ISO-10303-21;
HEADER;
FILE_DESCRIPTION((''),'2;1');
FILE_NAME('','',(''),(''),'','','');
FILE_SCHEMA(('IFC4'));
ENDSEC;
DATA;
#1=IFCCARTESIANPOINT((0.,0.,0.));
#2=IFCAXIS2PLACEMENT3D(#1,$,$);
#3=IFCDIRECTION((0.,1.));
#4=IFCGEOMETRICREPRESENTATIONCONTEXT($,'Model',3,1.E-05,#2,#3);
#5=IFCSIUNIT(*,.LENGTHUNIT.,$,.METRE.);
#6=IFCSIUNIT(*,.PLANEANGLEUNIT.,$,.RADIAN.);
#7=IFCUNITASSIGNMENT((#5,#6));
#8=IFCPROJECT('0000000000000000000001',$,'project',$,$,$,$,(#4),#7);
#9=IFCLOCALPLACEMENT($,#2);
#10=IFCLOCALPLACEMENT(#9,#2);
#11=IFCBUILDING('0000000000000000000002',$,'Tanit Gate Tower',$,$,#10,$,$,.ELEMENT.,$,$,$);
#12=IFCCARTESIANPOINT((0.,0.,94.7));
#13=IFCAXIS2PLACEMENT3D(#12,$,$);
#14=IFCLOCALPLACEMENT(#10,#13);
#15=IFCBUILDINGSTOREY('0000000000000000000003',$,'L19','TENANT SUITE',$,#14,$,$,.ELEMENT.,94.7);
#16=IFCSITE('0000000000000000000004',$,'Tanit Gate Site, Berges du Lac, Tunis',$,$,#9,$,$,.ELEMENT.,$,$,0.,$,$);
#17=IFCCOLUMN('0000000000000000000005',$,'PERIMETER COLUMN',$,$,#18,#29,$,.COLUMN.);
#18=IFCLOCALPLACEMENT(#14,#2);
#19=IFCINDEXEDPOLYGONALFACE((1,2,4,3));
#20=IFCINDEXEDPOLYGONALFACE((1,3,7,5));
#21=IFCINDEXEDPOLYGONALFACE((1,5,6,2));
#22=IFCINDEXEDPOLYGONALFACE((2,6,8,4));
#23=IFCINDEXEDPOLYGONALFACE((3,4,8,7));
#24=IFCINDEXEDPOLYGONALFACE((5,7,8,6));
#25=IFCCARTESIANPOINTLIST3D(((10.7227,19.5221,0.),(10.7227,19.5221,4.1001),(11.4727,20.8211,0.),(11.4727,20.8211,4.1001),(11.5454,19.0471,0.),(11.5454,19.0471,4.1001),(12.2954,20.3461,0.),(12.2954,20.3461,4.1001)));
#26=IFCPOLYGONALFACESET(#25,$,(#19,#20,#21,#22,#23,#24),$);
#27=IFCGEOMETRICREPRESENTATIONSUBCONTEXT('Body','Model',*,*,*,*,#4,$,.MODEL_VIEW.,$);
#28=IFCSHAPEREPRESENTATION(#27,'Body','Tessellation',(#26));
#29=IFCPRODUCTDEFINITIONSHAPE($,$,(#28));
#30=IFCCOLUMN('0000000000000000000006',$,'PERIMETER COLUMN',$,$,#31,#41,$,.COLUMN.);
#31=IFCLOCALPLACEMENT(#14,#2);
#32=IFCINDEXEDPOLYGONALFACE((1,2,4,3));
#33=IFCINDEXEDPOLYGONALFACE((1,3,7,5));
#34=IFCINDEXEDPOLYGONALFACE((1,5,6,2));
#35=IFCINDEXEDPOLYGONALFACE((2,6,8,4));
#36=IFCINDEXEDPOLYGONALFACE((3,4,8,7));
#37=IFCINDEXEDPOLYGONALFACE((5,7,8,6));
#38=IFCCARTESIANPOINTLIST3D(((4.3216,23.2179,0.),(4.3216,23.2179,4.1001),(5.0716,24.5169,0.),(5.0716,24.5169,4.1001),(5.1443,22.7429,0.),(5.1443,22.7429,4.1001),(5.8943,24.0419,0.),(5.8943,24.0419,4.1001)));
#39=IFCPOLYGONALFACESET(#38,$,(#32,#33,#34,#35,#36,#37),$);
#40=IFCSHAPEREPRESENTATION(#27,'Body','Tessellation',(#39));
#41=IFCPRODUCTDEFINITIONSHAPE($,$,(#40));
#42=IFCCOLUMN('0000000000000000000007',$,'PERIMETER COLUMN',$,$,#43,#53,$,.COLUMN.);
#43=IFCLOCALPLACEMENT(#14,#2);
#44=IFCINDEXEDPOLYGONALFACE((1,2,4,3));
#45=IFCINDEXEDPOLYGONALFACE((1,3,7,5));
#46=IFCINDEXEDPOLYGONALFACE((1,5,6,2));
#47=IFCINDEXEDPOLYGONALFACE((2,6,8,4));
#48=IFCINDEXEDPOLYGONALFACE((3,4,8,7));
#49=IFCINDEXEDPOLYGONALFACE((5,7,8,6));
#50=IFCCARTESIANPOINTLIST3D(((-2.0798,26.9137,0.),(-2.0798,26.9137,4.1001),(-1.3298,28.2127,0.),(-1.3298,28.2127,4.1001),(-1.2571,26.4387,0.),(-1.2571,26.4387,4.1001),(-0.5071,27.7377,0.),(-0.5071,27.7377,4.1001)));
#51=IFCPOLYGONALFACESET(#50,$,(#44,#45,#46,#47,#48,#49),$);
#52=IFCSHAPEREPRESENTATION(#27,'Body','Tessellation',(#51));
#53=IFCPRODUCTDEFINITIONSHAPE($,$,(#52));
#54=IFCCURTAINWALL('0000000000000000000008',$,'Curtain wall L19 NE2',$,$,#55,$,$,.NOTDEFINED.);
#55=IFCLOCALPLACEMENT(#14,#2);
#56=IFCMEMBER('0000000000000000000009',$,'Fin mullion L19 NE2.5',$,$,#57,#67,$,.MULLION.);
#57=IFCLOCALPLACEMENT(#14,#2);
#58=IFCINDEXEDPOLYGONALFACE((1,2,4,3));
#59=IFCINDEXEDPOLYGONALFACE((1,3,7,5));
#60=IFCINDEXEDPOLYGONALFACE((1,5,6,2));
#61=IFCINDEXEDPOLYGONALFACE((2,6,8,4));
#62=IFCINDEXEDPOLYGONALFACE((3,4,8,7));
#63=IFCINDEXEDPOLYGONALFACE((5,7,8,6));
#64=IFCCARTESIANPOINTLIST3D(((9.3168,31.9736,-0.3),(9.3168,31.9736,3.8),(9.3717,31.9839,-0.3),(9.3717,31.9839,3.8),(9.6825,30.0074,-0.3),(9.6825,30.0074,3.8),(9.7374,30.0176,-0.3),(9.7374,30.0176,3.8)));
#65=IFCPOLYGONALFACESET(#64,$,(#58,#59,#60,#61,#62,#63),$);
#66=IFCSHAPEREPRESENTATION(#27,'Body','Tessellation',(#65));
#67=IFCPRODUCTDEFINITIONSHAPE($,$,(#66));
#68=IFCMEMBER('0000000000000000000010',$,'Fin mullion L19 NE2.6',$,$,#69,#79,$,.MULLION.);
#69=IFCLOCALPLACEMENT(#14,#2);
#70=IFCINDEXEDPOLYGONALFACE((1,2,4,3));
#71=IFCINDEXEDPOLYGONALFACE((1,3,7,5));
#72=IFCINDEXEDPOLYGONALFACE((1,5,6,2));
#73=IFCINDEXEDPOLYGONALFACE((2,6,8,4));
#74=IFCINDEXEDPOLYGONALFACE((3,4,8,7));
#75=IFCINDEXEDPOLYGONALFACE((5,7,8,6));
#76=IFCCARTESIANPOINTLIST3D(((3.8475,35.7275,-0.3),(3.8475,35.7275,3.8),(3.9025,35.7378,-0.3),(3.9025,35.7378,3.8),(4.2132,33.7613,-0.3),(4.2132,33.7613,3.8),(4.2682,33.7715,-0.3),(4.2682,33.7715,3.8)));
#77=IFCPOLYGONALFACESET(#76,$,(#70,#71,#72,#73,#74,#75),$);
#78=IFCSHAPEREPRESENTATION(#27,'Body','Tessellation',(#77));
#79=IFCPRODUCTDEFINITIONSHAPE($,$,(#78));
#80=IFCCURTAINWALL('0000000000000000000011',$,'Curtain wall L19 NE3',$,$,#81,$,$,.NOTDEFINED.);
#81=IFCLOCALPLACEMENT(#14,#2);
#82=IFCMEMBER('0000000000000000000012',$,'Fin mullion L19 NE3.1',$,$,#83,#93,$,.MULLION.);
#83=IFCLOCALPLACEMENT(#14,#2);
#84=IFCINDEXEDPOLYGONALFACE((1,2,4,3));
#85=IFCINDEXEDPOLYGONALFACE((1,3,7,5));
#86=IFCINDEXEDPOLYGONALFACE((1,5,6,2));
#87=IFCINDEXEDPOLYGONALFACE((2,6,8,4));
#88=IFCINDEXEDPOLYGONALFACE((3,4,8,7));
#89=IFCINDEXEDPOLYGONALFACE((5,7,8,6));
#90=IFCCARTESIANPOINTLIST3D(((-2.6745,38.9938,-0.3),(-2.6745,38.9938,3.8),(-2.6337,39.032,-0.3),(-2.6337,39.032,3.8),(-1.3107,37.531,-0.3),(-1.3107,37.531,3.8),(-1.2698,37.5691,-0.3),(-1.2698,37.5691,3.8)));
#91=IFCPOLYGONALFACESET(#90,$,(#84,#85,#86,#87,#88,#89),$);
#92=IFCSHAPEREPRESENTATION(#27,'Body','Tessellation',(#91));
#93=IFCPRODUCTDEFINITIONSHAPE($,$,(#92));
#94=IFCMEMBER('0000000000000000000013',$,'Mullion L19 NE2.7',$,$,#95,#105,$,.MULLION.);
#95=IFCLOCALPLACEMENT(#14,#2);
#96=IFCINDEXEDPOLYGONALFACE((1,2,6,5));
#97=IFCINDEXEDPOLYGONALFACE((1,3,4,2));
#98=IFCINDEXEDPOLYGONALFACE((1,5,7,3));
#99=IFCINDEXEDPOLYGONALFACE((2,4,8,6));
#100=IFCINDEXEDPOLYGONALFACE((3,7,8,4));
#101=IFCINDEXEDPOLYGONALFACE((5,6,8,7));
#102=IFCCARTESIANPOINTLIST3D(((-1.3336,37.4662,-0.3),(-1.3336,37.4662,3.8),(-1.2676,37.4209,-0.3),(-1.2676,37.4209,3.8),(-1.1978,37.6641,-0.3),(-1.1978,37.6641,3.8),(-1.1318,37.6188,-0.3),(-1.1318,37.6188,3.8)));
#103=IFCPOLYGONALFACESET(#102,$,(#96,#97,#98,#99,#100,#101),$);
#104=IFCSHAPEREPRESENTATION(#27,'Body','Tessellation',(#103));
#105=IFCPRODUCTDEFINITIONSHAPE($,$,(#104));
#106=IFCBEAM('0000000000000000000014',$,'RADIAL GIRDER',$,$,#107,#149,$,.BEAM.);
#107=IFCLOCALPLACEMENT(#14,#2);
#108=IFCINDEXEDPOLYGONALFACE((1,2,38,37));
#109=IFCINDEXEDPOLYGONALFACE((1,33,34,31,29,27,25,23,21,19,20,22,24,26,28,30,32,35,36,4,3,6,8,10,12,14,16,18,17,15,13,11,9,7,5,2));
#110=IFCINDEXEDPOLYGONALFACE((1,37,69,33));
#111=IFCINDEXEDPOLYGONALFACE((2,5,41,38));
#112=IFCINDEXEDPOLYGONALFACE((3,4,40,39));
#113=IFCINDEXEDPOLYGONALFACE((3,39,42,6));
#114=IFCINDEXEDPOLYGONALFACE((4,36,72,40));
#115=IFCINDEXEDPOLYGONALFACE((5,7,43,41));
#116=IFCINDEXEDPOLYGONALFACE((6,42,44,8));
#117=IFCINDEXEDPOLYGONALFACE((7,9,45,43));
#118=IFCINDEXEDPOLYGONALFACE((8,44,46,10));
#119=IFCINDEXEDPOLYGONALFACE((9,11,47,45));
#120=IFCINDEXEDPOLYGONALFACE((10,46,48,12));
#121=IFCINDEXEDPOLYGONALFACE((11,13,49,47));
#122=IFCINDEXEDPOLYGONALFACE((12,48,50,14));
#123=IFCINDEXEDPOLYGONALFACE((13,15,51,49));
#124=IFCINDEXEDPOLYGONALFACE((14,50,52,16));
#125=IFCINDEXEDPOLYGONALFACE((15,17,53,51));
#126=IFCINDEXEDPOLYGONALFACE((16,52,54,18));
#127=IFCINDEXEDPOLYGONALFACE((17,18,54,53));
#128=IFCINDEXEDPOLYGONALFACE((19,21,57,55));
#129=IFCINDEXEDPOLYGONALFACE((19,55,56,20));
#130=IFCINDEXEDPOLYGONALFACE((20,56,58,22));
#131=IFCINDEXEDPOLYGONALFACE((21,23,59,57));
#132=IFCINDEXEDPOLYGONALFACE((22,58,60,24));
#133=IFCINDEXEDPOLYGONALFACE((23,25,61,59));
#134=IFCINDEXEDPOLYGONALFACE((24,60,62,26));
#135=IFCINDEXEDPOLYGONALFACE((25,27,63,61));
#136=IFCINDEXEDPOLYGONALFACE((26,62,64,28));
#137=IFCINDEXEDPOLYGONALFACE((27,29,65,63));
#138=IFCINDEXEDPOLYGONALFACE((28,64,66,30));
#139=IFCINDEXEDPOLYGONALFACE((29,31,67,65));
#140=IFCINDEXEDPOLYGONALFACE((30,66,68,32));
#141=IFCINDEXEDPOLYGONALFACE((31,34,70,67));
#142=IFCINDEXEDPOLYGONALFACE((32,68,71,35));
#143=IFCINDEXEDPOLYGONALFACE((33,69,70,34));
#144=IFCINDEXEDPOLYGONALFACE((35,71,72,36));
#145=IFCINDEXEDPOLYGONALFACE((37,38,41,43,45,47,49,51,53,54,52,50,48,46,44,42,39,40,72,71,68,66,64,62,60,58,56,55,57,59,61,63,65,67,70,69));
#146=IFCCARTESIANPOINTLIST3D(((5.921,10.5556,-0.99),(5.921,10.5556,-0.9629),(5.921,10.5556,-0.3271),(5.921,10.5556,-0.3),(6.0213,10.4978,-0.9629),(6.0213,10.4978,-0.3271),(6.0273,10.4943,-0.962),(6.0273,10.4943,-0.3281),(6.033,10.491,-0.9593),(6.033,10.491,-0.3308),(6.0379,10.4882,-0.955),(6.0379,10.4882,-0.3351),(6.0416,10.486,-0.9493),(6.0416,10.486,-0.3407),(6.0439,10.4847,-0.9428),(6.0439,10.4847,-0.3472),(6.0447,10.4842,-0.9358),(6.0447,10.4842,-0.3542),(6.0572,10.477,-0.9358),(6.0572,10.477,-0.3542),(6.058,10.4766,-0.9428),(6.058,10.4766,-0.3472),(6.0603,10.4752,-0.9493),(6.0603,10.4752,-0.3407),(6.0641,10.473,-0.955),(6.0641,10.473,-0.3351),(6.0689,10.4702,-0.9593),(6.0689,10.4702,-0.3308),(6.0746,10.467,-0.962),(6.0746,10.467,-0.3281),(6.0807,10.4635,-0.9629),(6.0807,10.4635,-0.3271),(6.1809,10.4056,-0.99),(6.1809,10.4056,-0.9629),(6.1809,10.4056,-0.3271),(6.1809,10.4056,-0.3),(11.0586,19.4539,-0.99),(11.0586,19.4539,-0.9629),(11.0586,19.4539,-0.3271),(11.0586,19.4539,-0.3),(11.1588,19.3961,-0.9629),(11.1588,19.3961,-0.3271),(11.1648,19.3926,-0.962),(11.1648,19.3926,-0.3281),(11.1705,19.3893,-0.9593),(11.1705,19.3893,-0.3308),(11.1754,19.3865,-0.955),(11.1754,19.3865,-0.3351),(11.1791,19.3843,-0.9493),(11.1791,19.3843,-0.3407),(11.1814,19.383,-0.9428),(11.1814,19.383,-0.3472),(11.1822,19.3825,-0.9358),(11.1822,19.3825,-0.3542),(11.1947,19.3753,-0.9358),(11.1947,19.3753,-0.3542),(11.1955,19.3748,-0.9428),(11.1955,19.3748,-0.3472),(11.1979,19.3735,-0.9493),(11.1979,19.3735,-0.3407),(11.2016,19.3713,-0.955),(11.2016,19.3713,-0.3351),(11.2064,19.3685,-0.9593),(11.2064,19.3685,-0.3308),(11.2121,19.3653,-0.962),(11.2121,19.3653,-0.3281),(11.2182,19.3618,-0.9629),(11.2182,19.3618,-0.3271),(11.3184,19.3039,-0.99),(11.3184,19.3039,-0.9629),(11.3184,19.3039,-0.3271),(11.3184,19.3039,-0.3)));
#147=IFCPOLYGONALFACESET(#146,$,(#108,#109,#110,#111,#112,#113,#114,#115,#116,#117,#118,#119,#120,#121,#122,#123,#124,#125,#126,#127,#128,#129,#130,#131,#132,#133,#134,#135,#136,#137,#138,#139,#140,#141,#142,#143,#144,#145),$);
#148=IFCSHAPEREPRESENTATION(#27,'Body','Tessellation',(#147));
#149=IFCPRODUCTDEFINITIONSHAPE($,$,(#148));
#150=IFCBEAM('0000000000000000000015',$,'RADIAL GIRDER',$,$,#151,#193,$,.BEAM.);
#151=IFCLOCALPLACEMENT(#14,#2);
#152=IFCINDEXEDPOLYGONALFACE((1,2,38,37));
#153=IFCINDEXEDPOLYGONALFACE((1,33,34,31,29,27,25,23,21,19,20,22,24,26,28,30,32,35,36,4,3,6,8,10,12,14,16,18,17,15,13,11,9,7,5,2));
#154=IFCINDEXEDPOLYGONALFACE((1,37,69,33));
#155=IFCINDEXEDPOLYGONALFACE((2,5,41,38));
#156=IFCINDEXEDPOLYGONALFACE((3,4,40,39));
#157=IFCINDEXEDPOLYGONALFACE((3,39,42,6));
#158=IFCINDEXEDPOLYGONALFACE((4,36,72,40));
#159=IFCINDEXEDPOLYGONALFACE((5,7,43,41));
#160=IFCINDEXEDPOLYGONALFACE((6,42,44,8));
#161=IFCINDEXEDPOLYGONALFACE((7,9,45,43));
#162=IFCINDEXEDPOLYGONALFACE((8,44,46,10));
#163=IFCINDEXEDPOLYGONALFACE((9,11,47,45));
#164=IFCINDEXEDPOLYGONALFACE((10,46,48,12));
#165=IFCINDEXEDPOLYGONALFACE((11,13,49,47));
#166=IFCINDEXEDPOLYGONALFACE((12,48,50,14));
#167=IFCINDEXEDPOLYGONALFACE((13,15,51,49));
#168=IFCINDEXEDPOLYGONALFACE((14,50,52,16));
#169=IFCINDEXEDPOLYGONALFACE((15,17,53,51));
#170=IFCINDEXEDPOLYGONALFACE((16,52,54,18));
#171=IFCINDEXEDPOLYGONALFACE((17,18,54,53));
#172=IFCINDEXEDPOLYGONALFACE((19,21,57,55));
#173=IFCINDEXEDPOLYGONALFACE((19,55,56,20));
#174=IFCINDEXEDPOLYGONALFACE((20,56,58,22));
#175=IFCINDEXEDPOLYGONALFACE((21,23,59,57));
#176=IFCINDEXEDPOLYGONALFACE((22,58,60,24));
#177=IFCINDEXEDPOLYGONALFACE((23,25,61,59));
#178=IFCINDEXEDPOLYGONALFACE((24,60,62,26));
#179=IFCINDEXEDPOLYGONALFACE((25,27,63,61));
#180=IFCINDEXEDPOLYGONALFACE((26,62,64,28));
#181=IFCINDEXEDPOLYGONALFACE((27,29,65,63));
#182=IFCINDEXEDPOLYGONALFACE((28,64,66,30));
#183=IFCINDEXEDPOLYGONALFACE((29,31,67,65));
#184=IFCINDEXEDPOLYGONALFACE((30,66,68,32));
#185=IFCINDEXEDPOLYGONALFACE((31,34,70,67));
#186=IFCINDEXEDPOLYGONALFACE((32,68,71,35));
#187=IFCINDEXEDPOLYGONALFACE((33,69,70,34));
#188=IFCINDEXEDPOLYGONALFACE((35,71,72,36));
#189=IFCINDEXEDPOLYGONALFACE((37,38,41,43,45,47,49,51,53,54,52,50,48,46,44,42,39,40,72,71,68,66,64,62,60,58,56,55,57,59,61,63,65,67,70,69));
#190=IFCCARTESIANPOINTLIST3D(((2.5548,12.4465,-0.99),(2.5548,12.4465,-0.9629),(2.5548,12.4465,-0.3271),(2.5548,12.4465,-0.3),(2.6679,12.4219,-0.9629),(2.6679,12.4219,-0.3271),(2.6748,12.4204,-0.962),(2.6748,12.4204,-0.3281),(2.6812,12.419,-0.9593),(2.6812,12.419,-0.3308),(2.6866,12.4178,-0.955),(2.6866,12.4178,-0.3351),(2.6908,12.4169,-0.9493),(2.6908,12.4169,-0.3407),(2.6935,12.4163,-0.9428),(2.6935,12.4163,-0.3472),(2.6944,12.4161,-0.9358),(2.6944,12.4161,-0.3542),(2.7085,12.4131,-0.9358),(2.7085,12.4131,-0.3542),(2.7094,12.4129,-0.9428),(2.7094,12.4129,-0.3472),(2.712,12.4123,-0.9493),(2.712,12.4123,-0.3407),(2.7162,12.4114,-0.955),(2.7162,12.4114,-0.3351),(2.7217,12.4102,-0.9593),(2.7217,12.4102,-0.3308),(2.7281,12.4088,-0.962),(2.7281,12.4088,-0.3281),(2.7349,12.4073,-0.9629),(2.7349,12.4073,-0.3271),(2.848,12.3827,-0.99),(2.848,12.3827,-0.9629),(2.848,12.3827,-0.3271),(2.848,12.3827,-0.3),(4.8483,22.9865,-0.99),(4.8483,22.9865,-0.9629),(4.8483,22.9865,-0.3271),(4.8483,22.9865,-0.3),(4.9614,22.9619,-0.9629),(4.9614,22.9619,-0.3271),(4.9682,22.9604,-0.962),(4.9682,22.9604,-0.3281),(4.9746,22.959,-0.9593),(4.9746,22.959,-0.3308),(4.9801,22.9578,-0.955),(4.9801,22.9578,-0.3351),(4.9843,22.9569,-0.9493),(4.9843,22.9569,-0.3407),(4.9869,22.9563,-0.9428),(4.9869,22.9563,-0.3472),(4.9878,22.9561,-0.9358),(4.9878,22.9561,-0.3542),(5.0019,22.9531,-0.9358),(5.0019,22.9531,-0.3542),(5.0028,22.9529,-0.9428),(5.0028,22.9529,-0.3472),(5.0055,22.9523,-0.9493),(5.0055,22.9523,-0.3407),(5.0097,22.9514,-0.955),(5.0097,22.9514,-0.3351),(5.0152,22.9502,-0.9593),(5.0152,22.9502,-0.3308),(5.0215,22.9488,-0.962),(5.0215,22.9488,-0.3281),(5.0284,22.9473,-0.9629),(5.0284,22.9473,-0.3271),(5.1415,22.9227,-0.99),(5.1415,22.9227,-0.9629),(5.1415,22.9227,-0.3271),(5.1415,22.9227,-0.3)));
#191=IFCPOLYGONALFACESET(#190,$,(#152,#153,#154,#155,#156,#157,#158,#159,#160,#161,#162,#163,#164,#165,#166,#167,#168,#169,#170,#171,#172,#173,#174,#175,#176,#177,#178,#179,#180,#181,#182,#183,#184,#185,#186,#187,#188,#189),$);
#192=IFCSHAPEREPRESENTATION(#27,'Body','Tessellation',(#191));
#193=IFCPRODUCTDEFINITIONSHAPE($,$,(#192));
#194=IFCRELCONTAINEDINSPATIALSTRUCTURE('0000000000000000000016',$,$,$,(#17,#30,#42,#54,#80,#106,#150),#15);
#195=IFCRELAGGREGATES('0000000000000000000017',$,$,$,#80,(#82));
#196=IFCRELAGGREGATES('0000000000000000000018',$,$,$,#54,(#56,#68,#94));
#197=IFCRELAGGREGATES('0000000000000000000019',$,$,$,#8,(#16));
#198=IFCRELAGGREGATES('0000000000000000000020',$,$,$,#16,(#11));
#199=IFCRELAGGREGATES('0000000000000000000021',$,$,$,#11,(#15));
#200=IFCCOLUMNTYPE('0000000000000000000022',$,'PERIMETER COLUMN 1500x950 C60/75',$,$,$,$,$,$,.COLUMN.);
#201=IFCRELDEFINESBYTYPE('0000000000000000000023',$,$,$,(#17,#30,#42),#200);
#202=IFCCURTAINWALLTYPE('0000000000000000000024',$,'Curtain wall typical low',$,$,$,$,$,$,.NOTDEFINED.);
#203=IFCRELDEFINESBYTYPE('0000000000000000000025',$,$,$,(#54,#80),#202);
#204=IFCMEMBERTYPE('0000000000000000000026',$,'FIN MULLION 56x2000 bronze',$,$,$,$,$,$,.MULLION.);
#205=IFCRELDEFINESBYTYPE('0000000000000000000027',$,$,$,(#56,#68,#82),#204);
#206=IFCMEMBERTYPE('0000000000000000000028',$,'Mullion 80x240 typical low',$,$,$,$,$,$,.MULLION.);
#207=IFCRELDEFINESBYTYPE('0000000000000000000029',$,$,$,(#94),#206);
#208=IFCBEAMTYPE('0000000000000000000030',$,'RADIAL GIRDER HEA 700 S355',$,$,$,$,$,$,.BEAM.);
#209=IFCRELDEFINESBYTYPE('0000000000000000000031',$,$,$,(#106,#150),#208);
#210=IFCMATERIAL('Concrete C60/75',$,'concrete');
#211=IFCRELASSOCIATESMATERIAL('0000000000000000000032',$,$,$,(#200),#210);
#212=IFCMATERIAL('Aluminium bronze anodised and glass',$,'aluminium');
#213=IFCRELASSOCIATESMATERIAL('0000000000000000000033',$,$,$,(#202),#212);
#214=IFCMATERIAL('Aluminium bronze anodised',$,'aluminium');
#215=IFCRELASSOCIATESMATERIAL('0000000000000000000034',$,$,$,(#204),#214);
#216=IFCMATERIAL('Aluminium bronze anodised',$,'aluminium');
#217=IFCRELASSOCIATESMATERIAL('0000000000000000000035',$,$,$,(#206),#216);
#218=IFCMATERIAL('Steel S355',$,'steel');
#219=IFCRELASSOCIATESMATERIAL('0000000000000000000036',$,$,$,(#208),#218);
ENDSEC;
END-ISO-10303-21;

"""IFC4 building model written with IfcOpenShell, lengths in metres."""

from ifc_helpers import new_model, si_unit, direction, frame, origin, origin_2d, place, context, subcontext, project, spatial, rectangle, i_section, extrude, material, material_profile, profile_set, type_object, element, aggregate, save


model = new_model("IFC4")

# Units and contexts
model_context = context("Model", 3, precision=1e-05, world=origin(), true_north=direction((0.0, 1.0)))
body_context = subcontext(model_context, "Body", "Model", "MODEL_VIEW")
ifc_project = project(units=[si_unit("LENGTHUNIT", "METRE"), si_unit("PLANEANGLEUNIT", "RADIAN")], contexts=[model_context])

# Site, building, storey
site_placement = place(None, origin())
site = spatial("IfcSite", under=ifc_project, at=site_placement, Name="Tanit Gate Site, Berges du Lac, Tunis", CompositionType="ELEMENT", RefElevation=0.0)
building_placement = place(site_placement, origin())
building = spatial("IfcBuilding", under=site, at=building_placement, Name="Tanit Gate Tower", CompositionType="ELEMENT")
storey_placement = place(building_placement, frame((0.0, 0.0, 94.7)))
storey = spatial("IfcBuildingStorey", under=building, at=storey_placement, Name="L19", Description="TENANT SUITE", CompositionType="ELEMENT", Elevation=94.7)

# Columns
ifc_material_1 = material(Name="Concrete C60/75", Category="concrete")
ifc_material_profile_1 = material_profile(ifc_material_1, rectangle(XDim=1.5, YDim=0.95, at=origin_2d()), Name="RC 1500x950")
ifc_profile_set_1 = profile_set([ifc_material_profile_1], Name="Concrete C60/75")
column_type = type_object("IfcColumnType", Name="PERIMETER COLUMN 1500x950 C60/75", PredefinedType="COLUMN", material=ifc_profile_set_1)
for number, where, z_axis, x_axis, name in (
    (1, (11.509, 19.9341, 0.0), (0.0, 0.0, 1.0), (0.5, 0.866025, 0.0), "PERIMETER COLUMN"),
    (2, (5.1079, 23.6299, 0.0), (0.0, 0.0, 1.0), (0.5, 0.866025, 0.0), "PERIMETER COLUMN"),
    (3, (-1.2935, 27.3257, 0.0), (0.0, 0.0, 1.0), (0.5, 0.866025, 0.0), "PERIMETER COLUMN"),
):
    element("IfcColumn", number, at=place(storey_placement, frame(where, z_axis=z_axis, x_axis=x_axis)), inside=storey, type_object=column_type, Name=name, PredefinedType="COLUMN", context=body_context, shape_type="SweptSolid", body=[
        extrude(rectangle(XDim=1.5, YDim=0.95, at=origin_2d()), origin(), (0.0, 0.0, 1.0), 4.1001),
    ])

# Curtain wall, members
ifc_material_2 = material(Name="Aluminium bronze anodised and glass", Category="aluminium")
curtain_wall_type = type_object("IfcCurtainWallType", Name="Curtain wall typical low", PredefinedType="NOTDEFINED", material=ifc_material_2)
curtain_wall_1_placement = place(storey_placement, origin())
curtain_wall_1 = element("IfcCurtainWall", 4, at=curtain_wall_1_placement, inside=storey, type_object=curtain_wall_type, Name="Curtain wall L19 NE2", PredefinedType="NOTDEFINED")
ifc_material_3 = material(Name="Aluminium bronze anodised", Category="aluminium")
ifc_material_profile_2 = material_profile(ifc_material_3, rectangle(XDim=2.0, YDim=0.0559, at=origin_2d()), Name="56x2000 bronze fin mullion")
ifc_profile_set_2 = profile_set([ifc_material_profile_2], Name="Aluminium bronze anodised")
member_type_1 = type_object("IfcMemberType", Name="FIN MULLION 56x2000 bronze", PredefinedType="MULLION", material=ifc_profile_set_2)
member_1_placement = place(storey_placement, frame((9.5271, 30.9956, -0.3), z_axis=(0.0, 0.0, 1.0), x_axis=(0.182847, -0.983141, 0.0)))
member_1 = element("IfcMember", 5, at=member_1_placement, type_object=member_type_1, Name="Fin mullion L19 NE2.5", PredefinedType="MULLION", context=body_context, shape_type="SweptSolid", body=[
    extrude(rectangle(XDim=2.0, YDim=0.0559, at=origin_2d()), origin(), (0.0, 0.0, 1.0), 4.1001),
])
member_2_placement = place(storey_placement, frame((4.0579, 34.7495, -0.3), z_axis=(0.0, 0.0, 1.0), x_axis=(0.182847, -0.983141, 0.0)))
member_2 = element("IfcMember", 6, at=member_2_placement, type_object=member_type_1, Name="Fin mullion L19 NE2.6", PredefinedType="MULLION", context=body_context, shape_type="SweptSolid", body=[
    extrude(rectangle(XDim=2.0, YDim=0.0559, at=origin_2d()), origin(), (0.0, 0.0, 1.0), 4.1001),
])

# Curtain wall, member
curtain_wall_2_placement = place(storey_placement, origin())
curtain_wall_2 = element("IfcCurtainWall", 7, at=curtain_wall_2_placement, inside=storey, type_object=curtain_wall_type, Name="Curtain wall L19 NE3", PredefinedType="NOTDEFINED")
member_3_placement = place(storey_placement, frame((-1.9722, 38.2815, -0.3), z_axis=(0.0, 0.0, 1.0), x_axis=(0.681936, -0.731412, 0.0)))
member_3 = element("IfcMember", 8, at=member_3_placement, type_object=member_type_1, Name="Fin mullion L19 NE3.1", PredefinedType="MULLION", context=body_context, shape_type="SweptSolid", body=[
    extrude(rectangle(XDim=2.0, YDim=0.0559, at=origin_2d()), origin(), (0.0, 0.0, 1.0), 4.1001),
])

# Member
ifc_material_4 = material(Name="Aluminium bronze anodised", Category="aluminium")
ifc_material_profile_3 = material_profile(ifc_material_4, rectangle(XDim=0.24, YDim=0.0801, at=origin_2d()), Name="80x240 bronze mullion")
ifc_profile_set_3 = profile_set([ifc_material_profile_3], Name="Aluminium bronze anodised")
member_type_2 = type_object("IfcMemberType", Name="Mullion 80x240 typical low", PredefinedType="MULLION", material=ifc_profile_set_3)
member_4_placement = place(storey_placement, frame((-1.2327, 37.5425, -0.3), z_axis=(0.0, 0.0, 1.0), x_axis=(-0.565893, -0.824479, 0.0)))
member_4 = element("IfcMember", 9, at=member_4_placement, type_object=member_type_2, Name="Mullion L19 NE2.7", PredefinedType="MULLION", context=body_context, shape_type="SweptSolid", body=[
    extrude(rectangle(XDim=0.24, YDim=0.0801, at=origin_2d()), origin(), (0.0, 0.0, 1.0), 4.1001),
])

# Beams
ifc_material_5 = material(Name="Steel S355", Category="steel")
ifc_material_profile_4 = material_profile(ifc_material_5, i_section(OverallWidth=0.3, OverallDepth=0.6899, WebThickness=0.0144, FlangeThickness=0.0271, FilletRadius=0.0271, at=origin_2d()), Name="HEA 700")
ifc_profile_set_4 = profile_set([ifc_material_profile_4], Name="Steel S355")
beam_type = type_object("IfcBeamType", Name="RADIAL GIRDER HEA 700 S355", PredefinedType="BEAM", material=ifc_profile_set_4)
beam_1_placement = place(storey_placement, frame((11.1885, 19.3789, -0.645), z_axis=(-0.500006, -0.866022, 0.0), x_axis=(0.866022, -0.500006, 0.0)))
element("IfcBeam", 10, at=beam_1_placement, inside=storey, type_object=beam_type, Name="RADIAL GIRDER", PredefinedType="BEAM", context=body_context, shape_type="SweptSolid", body=[
    extrude(i_section(OverallWidth=0.3, OverallDepth=0.6899, WebThickness=0.0144, FlangeThickness=0.0271, FilletRadius=0.0271, at=origin_2d()), origin(), (0.0, 0.0, 1.0), 10.2749),
])
beam_2_placement = place(storey_placement, frame((4.9949, 22.9546, -0.645), z_axis=(-0.212619, -0.977135, 0.0), x_axis=(0.977135, -0.212619, 0.0)))
element("IfcBeam", 11, at=beam_2_placement, inside=storey, type_object=beam_type, Name="RADIAL GIRDER", PredefinedType="BEAM", context=body_context, shape_type="SweptSolid", body=[
    extrude(i_section(OverallWidth=0.3, OverallDepth=0.6899, WebThickness=0.0144, FlangeThickness=0.0271, FilletRadius=0.0271, at=origin_2d()), origin(), (0.0, 0.0, 1.0), 10.7866),
])

aggregate(curtain_wall_2, [member_3])

aggregate(curtain_wall_1, [member_1, member_2, member_4])

save(model, "model.ifc")
